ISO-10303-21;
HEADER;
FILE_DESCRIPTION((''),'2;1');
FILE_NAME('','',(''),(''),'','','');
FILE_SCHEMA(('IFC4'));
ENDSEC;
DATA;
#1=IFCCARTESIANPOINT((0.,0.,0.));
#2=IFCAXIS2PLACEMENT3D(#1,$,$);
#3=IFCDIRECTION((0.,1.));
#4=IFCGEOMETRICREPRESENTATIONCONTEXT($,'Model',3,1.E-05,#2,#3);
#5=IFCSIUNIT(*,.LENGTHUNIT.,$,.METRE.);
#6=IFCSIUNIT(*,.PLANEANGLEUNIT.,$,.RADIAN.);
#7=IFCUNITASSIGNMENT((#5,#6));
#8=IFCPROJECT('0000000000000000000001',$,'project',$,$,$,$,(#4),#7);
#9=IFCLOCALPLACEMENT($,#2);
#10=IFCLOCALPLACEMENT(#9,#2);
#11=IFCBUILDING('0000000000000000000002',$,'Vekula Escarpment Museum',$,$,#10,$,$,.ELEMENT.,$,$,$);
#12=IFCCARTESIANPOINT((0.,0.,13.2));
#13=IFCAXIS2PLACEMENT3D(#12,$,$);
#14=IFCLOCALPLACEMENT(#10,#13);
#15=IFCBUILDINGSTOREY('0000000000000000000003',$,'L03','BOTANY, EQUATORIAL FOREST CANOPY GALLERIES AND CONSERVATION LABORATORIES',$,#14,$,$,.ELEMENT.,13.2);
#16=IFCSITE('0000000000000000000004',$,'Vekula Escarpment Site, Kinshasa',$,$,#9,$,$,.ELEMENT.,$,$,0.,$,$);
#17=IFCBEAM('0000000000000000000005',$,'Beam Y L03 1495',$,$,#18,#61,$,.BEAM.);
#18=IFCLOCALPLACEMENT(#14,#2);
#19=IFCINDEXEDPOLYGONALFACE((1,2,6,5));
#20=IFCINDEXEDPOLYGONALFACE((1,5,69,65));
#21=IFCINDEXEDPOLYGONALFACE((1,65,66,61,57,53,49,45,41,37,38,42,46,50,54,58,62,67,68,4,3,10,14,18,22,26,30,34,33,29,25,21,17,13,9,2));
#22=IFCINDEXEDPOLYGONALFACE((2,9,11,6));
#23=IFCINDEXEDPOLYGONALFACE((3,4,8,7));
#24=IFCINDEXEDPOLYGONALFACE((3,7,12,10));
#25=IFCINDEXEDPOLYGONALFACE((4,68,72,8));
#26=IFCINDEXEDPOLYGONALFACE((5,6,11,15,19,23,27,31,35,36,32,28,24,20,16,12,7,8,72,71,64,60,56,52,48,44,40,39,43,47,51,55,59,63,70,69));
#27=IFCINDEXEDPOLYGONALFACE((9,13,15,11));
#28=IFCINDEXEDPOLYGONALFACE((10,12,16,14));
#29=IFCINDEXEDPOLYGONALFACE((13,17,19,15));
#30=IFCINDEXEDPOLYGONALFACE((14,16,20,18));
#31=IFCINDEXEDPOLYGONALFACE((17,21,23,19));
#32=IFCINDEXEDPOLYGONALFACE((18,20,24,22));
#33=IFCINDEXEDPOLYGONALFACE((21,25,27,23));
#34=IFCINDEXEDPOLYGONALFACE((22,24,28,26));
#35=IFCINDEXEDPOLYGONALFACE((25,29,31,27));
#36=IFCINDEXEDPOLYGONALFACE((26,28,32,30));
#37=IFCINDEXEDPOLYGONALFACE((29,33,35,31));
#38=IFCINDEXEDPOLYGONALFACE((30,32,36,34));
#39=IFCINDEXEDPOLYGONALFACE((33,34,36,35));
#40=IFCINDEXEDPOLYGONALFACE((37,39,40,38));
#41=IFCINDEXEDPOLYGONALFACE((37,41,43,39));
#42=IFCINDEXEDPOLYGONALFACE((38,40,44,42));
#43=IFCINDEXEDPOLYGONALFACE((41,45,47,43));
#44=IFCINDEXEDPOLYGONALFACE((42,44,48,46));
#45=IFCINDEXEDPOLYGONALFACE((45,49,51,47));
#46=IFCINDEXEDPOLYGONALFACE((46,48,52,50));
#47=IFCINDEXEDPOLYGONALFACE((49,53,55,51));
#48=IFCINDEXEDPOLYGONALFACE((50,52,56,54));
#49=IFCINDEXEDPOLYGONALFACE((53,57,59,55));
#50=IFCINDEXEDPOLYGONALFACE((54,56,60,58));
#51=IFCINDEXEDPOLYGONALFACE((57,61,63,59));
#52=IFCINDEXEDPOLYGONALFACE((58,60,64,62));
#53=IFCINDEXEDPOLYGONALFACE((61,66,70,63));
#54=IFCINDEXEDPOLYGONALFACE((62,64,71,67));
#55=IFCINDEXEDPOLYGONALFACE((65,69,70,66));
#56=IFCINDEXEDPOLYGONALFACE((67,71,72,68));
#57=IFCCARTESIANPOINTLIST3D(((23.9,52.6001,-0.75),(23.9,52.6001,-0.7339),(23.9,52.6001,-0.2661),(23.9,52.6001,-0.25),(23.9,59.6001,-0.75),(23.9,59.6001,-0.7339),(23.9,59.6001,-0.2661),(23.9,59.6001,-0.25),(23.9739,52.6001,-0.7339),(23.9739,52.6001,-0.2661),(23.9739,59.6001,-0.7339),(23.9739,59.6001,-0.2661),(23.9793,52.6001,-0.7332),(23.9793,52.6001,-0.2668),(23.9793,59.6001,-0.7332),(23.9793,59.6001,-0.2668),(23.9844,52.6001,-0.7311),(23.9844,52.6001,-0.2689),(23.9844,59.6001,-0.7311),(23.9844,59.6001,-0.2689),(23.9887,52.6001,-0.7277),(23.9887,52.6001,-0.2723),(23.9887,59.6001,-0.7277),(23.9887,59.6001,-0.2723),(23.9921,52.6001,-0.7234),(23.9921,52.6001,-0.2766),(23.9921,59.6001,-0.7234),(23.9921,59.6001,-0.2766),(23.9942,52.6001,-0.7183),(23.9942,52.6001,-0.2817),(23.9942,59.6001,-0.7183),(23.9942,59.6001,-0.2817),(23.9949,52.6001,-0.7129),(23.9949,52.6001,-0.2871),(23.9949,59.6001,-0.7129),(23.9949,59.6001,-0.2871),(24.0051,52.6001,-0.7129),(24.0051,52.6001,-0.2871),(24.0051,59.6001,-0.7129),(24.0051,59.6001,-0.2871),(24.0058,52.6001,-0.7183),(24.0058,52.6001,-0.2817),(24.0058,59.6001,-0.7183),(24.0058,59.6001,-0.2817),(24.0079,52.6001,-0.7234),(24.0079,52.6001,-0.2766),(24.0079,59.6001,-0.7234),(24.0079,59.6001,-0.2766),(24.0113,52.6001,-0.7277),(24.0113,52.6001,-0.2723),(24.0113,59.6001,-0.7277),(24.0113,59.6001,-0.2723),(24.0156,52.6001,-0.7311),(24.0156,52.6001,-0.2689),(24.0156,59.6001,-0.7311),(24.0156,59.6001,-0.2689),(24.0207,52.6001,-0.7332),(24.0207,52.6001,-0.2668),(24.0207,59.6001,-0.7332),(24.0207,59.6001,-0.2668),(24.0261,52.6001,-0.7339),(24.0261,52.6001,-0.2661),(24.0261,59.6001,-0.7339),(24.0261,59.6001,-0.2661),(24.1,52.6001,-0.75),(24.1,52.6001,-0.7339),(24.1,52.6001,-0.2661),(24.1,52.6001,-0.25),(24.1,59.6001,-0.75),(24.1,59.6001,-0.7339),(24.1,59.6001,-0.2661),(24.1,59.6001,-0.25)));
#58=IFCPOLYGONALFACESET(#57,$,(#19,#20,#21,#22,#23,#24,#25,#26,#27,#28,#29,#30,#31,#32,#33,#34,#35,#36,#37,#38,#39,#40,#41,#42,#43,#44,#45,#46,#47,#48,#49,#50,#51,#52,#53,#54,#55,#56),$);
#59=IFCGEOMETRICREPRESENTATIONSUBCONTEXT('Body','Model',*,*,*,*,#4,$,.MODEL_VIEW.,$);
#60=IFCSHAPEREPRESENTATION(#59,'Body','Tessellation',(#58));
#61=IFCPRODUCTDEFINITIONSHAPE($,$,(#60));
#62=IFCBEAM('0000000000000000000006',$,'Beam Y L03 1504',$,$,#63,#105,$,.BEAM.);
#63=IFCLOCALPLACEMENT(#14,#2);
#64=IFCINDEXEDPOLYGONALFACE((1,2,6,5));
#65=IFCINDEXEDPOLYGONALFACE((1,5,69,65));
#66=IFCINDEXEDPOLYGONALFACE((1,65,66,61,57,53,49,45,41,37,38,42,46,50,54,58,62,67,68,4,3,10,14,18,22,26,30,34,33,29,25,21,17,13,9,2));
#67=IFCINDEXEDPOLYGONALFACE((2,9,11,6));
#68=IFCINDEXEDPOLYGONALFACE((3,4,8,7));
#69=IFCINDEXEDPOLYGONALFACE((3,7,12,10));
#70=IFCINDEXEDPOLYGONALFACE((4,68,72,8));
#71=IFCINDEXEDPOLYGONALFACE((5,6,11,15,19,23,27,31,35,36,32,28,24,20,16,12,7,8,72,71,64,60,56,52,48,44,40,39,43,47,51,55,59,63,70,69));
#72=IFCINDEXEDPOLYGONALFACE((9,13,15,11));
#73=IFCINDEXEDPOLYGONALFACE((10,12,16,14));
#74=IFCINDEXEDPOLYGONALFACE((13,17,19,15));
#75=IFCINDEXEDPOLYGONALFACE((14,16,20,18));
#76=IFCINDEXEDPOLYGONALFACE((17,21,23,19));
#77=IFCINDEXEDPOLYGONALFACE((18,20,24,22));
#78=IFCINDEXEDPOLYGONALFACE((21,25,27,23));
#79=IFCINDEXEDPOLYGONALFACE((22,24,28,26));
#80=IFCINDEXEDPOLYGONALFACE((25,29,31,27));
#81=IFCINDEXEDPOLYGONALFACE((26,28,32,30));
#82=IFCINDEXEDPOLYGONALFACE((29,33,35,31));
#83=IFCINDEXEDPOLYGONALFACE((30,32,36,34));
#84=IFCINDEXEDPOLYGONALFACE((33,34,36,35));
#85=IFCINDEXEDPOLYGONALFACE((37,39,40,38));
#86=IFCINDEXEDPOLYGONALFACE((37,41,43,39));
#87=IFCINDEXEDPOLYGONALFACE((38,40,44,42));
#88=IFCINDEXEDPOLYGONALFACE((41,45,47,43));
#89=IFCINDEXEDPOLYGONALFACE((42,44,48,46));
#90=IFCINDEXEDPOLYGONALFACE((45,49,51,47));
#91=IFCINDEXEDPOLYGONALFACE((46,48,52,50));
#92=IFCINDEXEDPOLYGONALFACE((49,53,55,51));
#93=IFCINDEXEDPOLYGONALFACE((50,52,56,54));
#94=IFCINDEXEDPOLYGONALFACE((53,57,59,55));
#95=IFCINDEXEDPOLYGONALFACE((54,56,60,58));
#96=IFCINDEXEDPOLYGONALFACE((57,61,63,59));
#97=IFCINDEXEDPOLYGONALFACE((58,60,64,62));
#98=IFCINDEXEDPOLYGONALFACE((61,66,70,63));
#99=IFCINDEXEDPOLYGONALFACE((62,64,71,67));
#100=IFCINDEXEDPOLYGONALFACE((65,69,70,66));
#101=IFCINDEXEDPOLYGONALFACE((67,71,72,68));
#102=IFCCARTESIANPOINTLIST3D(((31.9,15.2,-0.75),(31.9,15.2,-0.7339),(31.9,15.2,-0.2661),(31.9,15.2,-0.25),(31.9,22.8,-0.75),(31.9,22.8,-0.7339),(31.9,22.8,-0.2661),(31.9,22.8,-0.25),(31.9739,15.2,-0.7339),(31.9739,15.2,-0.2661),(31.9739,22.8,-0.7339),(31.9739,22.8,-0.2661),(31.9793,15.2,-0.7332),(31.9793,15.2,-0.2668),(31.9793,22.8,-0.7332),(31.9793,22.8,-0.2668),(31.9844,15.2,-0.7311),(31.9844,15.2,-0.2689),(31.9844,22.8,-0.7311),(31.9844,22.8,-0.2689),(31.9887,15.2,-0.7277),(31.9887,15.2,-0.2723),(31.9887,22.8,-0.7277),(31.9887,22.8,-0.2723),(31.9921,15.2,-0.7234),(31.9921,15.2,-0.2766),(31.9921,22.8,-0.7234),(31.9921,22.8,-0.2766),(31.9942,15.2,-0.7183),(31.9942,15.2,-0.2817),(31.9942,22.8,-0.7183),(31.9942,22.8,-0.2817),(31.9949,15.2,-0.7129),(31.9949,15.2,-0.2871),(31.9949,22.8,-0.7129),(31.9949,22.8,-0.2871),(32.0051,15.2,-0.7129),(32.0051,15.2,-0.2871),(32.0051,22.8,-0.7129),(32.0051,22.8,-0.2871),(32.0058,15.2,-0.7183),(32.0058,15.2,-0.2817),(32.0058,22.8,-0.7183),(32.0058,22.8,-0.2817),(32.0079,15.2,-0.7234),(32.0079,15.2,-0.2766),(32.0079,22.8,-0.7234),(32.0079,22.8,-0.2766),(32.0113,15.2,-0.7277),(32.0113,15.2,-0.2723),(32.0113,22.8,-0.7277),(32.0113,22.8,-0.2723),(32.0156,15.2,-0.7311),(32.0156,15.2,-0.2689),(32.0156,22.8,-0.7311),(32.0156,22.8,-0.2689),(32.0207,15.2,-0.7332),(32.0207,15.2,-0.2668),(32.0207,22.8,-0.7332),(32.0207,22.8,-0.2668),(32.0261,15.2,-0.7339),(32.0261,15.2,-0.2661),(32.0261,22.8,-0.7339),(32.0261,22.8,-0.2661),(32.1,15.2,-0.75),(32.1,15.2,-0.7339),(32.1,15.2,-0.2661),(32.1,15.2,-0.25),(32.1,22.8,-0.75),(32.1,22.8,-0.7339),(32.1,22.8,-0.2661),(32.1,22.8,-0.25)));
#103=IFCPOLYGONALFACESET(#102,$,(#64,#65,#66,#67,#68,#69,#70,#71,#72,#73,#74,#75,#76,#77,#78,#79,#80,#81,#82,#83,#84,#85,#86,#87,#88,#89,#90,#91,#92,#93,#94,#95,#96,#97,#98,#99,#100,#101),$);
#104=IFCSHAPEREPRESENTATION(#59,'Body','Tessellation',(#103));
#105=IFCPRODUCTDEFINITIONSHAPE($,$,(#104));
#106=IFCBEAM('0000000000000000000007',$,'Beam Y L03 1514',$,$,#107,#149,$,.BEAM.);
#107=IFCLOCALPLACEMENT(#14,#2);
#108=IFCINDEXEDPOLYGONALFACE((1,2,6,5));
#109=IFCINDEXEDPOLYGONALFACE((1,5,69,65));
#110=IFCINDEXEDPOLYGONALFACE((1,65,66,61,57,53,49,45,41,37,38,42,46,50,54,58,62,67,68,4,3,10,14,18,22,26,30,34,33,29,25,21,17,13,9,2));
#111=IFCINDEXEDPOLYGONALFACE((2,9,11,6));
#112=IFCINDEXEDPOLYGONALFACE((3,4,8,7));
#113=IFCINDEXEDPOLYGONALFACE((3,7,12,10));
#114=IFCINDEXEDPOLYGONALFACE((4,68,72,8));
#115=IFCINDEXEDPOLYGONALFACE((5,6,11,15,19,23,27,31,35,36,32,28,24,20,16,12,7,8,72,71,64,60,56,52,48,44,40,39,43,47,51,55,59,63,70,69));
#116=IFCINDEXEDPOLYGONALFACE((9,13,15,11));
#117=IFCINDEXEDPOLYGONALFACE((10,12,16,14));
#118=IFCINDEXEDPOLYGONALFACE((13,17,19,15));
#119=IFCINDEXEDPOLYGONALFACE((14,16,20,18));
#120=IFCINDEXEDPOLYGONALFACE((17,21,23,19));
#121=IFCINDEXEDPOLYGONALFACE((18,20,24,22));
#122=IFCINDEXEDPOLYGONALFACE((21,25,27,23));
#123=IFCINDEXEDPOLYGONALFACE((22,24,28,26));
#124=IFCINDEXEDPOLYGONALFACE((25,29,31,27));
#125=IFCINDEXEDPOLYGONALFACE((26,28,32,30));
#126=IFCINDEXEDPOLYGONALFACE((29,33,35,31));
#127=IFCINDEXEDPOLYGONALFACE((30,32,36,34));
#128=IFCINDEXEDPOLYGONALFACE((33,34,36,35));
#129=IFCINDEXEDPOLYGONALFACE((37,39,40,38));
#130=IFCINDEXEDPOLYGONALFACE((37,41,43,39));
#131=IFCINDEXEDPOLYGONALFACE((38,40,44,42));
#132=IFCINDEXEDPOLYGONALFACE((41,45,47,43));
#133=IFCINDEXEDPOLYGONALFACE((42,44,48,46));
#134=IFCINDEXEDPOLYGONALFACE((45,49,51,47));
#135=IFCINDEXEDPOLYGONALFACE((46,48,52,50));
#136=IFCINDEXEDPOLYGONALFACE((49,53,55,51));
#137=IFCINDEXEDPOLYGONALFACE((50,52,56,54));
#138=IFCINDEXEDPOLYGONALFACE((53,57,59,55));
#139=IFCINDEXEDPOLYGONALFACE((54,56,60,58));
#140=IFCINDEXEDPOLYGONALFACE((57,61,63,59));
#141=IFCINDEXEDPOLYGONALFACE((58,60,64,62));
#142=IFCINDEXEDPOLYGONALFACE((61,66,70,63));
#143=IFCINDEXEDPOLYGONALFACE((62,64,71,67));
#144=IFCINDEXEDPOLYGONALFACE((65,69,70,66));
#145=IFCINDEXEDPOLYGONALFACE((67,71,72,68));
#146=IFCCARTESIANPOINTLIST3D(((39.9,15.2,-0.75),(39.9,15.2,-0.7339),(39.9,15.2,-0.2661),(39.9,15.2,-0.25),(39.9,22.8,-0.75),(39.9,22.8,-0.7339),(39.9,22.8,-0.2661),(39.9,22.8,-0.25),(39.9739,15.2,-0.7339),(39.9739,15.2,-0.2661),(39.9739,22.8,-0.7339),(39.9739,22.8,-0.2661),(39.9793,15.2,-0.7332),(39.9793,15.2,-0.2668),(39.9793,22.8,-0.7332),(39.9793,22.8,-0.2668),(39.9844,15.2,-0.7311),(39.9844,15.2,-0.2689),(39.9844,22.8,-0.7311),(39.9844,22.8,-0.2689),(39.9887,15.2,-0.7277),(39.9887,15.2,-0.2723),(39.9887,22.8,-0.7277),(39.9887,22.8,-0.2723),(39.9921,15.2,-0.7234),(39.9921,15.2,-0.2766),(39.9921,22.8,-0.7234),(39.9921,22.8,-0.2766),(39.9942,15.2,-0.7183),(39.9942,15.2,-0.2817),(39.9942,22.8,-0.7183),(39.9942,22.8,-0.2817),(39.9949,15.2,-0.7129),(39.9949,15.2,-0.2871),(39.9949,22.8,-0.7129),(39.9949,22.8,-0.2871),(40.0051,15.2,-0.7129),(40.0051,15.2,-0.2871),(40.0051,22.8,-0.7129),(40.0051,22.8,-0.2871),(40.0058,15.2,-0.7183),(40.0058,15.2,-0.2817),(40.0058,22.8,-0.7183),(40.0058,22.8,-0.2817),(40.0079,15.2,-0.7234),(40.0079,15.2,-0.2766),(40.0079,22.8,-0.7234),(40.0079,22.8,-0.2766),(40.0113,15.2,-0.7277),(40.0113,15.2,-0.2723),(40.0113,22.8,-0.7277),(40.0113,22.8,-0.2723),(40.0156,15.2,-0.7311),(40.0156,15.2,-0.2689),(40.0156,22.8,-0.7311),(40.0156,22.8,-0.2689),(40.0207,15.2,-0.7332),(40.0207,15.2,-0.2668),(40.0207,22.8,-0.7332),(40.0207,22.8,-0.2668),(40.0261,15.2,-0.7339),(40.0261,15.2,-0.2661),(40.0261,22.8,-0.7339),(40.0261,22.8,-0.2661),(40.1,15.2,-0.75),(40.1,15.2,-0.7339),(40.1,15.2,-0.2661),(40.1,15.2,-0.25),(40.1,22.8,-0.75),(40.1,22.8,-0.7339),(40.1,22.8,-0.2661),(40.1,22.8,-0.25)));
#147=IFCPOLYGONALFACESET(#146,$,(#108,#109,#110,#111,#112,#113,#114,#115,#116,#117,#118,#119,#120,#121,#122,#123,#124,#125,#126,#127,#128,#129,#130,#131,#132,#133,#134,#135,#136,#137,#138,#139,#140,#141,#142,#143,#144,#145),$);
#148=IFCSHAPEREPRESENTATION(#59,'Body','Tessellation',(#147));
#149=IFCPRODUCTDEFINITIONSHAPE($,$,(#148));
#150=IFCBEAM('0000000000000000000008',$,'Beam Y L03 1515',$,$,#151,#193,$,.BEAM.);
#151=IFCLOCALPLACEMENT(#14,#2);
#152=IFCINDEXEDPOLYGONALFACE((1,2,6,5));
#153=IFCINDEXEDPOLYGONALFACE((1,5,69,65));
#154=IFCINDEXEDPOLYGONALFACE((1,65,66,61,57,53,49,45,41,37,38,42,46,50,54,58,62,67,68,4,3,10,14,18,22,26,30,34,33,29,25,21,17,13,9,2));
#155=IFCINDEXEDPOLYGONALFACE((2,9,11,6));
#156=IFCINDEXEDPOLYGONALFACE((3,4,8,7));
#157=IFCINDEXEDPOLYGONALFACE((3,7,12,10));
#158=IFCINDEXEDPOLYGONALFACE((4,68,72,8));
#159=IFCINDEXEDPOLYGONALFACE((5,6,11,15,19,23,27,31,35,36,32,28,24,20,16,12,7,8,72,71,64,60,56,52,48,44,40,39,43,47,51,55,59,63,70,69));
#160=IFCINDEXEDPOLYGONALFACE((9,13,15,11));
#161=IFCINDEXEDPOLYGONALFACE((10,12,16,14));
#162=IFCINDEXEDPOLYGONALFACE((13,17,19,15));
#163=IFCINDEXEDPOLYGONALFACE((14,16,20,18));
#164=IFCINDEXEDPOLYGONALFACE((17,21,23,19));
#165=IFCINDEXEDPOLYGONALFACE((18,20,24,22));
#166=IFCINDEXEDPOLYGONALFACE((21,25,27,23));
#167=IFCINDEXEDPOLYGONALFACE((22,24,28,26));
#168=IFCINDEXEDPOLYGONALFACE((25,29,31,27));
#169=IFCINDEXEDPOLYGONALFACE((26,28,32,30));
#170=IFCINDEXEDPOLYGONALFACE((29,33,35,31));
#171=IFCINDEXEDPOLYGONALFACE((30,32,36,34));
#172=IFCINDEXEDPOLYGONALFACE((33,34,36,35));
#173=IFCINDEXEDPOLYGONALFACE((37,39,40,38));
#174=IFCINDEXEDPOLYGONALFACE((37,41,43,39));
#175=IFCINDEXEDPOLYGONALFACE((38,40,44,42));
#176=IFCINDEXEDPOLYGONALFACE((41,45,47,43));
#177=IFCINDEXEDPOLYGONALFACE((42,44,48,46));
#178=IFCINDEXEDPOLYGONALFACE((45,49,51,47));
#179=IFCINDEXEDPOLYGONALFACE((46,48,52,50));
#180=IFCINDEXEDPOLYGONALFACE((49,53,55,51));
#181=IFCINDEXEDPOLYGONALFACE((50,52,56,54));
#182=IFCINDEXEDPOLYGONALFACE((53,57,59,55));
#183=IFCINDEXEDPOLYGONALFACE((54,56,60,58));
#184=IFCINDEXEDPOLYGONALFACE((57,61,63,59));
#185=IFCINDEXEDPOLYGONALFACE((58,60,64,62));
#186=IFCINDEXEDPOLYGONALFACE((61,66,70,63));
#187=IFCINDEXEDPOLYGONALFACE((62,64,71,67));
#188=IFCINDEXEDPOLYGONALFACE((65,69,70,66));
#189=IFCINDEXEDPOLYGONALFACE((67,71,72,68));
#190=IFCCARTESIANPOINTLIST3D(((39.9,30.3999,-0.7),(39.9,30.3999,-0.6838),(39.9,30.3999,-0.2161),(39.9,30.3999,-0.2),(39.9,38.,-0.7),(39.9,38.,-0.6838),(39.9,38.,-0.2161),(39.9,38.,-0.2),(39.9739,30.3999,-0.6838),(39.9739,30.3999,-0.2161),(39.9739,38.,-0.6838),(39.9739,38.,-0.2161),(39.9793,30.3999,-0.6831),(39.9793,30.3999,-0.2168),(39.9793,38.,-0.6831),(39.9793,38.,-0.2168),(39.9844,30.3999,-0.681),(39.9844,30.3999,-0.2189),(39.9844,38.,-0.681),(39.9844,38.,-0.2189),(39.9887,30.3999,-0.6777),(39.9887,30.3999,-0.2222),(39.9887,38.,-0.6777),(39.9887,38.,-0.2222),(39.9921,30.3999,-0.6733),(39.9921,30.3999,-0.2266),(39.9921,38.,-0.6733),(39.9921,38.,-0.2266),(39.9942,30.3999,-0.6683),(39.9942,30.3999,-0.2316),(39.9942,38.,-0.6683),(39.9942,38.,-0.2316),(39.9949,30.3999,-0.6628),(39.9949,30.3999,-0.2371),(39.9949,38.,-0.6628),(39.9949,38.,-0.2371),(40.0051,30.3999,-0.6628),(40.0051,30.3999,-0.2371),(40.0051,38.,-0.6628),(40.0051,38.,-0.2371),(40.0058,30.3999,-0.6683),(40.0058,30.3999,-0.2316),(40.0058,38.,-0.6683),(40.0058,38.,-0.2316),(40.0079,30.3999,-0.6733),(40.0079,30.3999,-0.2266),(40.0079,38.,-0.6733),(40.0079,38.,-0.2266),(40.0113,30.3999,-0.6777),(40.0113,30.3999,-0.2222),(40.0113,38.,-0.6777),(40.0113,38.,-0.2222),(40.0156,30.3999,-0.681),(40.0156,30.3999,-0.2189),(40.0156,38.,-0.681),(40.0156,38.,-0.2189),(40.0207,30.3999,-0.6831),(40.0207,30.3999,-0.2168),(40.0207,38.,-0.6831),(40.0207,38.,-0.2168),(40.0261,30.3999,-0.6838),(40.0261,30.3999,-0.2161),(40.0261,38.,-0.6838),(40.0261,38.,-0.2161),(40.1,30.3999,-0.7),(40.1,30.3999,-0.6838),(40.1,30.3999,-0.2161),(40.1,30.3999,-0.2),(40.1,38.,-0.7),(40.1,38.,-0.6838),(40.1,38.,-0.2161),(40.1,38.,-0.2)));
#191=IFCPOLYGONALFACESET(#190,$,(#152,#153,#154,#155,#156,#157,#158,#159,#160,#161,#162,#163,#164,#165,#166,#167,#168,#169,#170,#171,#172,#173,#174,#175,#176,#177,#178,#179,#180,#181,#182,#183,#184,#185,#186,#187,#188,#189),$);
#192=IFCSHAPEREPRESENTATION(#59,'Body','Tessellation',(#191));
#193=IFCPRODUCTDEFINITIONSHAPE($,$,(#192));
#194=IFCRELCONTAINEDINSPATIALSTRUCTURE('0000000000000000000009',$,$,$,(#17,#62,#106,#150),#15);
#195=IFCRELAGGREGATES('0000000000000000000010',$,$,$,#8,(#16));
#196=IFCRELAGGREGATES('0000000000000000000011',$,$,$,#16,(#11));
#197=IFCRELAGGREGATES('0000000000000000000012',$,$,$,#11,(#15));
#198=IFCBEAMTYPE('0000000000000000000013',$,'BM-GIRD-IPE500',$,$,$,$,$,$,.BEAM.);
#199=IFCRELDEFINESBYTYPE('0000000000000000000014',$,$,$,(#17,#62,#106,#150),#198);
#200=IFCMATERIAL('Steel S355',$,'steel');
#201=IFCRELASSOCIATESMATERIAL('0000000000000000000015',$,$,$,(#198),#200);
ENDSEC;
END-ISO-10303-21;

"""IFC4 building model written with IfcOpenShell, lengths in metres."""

from ifc_helpers import new_model, si_unit, direction, frame, origin, origin_2d, place, context, subcontext, project, spatial, i_section, extrude, material, material_profile, profile_set, type_object, element, save


model = new_model("IFC4")

# Units and contexts
model_context = context("Model", 3, precision=1e-05, world=origin(), true_north=direction((0.0, 1.0)))
body_context = subcontext(model_context, "Body", "Model", "MODEL_VIEW")
ifc_project = project(units=[si_unit("LENGTHUNIT", "METRE"), si_unit("PLANEANGLEUNIT", "RADIAN")], contexts=[model_context])

# Site, building, storey
site_placement = place(None, origin())
site = spatial("IfcSite", under=ifc_project, at=site_placement, Name="Vekula Escarpment Site, Kinshasa", CompositionType="ELEMENT", RefElevation=0.0)
building_placement = place(site_placement, origin())
building = spatial("IfcBuilding", under=site, at=building_placement, Name="Vekula Escarpment Museum", CompositionType="ELEMENT")
storey_placement = place(building_placement, frame((0.0, 0.0, 13.2)))
storey = spatial("IfcBuildingStorey", under=building, at=storey_placement, Name="L03", Description="BOTANY, EQUATORIAL FOREST CANOPY GALLERIES AND CONSERVATION LABORATORIES", CompositionType="ELEMENT", Elevation=13.2)

# Beams
ifc_material_1 = material(Name="Steel S355", Category="steel")
ifc_material_profile_1 = material_profile(ifc_material_1, i_section(OverallWidth=0.2, OverallDepth=0.5, WebThickness=0.0103, FlangeThickness=0.0161, FilletRadius=0.021, at=origin_2d()), Name="IPE 500")
ifc_profile_set_1 = profile_set([ifc_material_profile_1], Name="Steel S355")
beam_type_1 = type_object("IfcBeamType", Name="BM-GIRD-IPE500", PredefinedType="BEAM", material=ifc_profile_set_1)
beam_1_placement = place(storey_placement, frame((24.0, 52.6001, -0.5), z_axis=(0.0, 1.0, 0.0), x_axis=(-1.0, 0.0, 0.0)))
element("IfcBeam", 1, at=beam_1_placement, inside=storey, type_object=beam_type_1, Name="Beam Y L03 1495", PredefinedType="BEAM", context=body_context, shape_type="SweptSolid", body=[
    extrude(i_section(OverallWidth=0.2, OverallDepth=0.5, WebThickness=0.0103, FlangeThickness=0.0161, FilletRadius=0.021, at=origin_2d()), origin(), (0.0, 0.0, 1.0), 7.0),
])
for number, where, z_axis, x_axis, name in (
    (2, (32.0, 15.2, -0.5), (0.0, 1.0, 0.0), (-1.0, 0.0, 0.0), "Beam Y L03 1504"),
    (3, (40.0, 15.2, -0.5), (0.0, 1.0, 0.0), (-1.0, 0.0, 0.0), "Beam Y L03 1514"),
    (4, (40.0, 30.3999, -0.45), (0.0, 1.0, 0.0), (-1.0, 0.0, 0.0), "Beam Y L03 1515"),
):
    element("IfcBeam", number, at=place(storey_placement, frame(where, z_axis=z_axis, x_axis=x_axis)), inside=storey, type_object=beam_type_1, Name=name, PredefinedType="BEAM", context=body_context, shape_type="SweptSolid", body=[
        extrude(i_section(OverallWidth=0.2, OverallDepth=0.5, WebThickness=0.0103, FlangeThickness=0.0161, FilletRadius=0.021, at=origin_2d()), origin(), (0.0, 0.0, 1.0), 7.6001),
    ])

save(model, "model.ifc")
